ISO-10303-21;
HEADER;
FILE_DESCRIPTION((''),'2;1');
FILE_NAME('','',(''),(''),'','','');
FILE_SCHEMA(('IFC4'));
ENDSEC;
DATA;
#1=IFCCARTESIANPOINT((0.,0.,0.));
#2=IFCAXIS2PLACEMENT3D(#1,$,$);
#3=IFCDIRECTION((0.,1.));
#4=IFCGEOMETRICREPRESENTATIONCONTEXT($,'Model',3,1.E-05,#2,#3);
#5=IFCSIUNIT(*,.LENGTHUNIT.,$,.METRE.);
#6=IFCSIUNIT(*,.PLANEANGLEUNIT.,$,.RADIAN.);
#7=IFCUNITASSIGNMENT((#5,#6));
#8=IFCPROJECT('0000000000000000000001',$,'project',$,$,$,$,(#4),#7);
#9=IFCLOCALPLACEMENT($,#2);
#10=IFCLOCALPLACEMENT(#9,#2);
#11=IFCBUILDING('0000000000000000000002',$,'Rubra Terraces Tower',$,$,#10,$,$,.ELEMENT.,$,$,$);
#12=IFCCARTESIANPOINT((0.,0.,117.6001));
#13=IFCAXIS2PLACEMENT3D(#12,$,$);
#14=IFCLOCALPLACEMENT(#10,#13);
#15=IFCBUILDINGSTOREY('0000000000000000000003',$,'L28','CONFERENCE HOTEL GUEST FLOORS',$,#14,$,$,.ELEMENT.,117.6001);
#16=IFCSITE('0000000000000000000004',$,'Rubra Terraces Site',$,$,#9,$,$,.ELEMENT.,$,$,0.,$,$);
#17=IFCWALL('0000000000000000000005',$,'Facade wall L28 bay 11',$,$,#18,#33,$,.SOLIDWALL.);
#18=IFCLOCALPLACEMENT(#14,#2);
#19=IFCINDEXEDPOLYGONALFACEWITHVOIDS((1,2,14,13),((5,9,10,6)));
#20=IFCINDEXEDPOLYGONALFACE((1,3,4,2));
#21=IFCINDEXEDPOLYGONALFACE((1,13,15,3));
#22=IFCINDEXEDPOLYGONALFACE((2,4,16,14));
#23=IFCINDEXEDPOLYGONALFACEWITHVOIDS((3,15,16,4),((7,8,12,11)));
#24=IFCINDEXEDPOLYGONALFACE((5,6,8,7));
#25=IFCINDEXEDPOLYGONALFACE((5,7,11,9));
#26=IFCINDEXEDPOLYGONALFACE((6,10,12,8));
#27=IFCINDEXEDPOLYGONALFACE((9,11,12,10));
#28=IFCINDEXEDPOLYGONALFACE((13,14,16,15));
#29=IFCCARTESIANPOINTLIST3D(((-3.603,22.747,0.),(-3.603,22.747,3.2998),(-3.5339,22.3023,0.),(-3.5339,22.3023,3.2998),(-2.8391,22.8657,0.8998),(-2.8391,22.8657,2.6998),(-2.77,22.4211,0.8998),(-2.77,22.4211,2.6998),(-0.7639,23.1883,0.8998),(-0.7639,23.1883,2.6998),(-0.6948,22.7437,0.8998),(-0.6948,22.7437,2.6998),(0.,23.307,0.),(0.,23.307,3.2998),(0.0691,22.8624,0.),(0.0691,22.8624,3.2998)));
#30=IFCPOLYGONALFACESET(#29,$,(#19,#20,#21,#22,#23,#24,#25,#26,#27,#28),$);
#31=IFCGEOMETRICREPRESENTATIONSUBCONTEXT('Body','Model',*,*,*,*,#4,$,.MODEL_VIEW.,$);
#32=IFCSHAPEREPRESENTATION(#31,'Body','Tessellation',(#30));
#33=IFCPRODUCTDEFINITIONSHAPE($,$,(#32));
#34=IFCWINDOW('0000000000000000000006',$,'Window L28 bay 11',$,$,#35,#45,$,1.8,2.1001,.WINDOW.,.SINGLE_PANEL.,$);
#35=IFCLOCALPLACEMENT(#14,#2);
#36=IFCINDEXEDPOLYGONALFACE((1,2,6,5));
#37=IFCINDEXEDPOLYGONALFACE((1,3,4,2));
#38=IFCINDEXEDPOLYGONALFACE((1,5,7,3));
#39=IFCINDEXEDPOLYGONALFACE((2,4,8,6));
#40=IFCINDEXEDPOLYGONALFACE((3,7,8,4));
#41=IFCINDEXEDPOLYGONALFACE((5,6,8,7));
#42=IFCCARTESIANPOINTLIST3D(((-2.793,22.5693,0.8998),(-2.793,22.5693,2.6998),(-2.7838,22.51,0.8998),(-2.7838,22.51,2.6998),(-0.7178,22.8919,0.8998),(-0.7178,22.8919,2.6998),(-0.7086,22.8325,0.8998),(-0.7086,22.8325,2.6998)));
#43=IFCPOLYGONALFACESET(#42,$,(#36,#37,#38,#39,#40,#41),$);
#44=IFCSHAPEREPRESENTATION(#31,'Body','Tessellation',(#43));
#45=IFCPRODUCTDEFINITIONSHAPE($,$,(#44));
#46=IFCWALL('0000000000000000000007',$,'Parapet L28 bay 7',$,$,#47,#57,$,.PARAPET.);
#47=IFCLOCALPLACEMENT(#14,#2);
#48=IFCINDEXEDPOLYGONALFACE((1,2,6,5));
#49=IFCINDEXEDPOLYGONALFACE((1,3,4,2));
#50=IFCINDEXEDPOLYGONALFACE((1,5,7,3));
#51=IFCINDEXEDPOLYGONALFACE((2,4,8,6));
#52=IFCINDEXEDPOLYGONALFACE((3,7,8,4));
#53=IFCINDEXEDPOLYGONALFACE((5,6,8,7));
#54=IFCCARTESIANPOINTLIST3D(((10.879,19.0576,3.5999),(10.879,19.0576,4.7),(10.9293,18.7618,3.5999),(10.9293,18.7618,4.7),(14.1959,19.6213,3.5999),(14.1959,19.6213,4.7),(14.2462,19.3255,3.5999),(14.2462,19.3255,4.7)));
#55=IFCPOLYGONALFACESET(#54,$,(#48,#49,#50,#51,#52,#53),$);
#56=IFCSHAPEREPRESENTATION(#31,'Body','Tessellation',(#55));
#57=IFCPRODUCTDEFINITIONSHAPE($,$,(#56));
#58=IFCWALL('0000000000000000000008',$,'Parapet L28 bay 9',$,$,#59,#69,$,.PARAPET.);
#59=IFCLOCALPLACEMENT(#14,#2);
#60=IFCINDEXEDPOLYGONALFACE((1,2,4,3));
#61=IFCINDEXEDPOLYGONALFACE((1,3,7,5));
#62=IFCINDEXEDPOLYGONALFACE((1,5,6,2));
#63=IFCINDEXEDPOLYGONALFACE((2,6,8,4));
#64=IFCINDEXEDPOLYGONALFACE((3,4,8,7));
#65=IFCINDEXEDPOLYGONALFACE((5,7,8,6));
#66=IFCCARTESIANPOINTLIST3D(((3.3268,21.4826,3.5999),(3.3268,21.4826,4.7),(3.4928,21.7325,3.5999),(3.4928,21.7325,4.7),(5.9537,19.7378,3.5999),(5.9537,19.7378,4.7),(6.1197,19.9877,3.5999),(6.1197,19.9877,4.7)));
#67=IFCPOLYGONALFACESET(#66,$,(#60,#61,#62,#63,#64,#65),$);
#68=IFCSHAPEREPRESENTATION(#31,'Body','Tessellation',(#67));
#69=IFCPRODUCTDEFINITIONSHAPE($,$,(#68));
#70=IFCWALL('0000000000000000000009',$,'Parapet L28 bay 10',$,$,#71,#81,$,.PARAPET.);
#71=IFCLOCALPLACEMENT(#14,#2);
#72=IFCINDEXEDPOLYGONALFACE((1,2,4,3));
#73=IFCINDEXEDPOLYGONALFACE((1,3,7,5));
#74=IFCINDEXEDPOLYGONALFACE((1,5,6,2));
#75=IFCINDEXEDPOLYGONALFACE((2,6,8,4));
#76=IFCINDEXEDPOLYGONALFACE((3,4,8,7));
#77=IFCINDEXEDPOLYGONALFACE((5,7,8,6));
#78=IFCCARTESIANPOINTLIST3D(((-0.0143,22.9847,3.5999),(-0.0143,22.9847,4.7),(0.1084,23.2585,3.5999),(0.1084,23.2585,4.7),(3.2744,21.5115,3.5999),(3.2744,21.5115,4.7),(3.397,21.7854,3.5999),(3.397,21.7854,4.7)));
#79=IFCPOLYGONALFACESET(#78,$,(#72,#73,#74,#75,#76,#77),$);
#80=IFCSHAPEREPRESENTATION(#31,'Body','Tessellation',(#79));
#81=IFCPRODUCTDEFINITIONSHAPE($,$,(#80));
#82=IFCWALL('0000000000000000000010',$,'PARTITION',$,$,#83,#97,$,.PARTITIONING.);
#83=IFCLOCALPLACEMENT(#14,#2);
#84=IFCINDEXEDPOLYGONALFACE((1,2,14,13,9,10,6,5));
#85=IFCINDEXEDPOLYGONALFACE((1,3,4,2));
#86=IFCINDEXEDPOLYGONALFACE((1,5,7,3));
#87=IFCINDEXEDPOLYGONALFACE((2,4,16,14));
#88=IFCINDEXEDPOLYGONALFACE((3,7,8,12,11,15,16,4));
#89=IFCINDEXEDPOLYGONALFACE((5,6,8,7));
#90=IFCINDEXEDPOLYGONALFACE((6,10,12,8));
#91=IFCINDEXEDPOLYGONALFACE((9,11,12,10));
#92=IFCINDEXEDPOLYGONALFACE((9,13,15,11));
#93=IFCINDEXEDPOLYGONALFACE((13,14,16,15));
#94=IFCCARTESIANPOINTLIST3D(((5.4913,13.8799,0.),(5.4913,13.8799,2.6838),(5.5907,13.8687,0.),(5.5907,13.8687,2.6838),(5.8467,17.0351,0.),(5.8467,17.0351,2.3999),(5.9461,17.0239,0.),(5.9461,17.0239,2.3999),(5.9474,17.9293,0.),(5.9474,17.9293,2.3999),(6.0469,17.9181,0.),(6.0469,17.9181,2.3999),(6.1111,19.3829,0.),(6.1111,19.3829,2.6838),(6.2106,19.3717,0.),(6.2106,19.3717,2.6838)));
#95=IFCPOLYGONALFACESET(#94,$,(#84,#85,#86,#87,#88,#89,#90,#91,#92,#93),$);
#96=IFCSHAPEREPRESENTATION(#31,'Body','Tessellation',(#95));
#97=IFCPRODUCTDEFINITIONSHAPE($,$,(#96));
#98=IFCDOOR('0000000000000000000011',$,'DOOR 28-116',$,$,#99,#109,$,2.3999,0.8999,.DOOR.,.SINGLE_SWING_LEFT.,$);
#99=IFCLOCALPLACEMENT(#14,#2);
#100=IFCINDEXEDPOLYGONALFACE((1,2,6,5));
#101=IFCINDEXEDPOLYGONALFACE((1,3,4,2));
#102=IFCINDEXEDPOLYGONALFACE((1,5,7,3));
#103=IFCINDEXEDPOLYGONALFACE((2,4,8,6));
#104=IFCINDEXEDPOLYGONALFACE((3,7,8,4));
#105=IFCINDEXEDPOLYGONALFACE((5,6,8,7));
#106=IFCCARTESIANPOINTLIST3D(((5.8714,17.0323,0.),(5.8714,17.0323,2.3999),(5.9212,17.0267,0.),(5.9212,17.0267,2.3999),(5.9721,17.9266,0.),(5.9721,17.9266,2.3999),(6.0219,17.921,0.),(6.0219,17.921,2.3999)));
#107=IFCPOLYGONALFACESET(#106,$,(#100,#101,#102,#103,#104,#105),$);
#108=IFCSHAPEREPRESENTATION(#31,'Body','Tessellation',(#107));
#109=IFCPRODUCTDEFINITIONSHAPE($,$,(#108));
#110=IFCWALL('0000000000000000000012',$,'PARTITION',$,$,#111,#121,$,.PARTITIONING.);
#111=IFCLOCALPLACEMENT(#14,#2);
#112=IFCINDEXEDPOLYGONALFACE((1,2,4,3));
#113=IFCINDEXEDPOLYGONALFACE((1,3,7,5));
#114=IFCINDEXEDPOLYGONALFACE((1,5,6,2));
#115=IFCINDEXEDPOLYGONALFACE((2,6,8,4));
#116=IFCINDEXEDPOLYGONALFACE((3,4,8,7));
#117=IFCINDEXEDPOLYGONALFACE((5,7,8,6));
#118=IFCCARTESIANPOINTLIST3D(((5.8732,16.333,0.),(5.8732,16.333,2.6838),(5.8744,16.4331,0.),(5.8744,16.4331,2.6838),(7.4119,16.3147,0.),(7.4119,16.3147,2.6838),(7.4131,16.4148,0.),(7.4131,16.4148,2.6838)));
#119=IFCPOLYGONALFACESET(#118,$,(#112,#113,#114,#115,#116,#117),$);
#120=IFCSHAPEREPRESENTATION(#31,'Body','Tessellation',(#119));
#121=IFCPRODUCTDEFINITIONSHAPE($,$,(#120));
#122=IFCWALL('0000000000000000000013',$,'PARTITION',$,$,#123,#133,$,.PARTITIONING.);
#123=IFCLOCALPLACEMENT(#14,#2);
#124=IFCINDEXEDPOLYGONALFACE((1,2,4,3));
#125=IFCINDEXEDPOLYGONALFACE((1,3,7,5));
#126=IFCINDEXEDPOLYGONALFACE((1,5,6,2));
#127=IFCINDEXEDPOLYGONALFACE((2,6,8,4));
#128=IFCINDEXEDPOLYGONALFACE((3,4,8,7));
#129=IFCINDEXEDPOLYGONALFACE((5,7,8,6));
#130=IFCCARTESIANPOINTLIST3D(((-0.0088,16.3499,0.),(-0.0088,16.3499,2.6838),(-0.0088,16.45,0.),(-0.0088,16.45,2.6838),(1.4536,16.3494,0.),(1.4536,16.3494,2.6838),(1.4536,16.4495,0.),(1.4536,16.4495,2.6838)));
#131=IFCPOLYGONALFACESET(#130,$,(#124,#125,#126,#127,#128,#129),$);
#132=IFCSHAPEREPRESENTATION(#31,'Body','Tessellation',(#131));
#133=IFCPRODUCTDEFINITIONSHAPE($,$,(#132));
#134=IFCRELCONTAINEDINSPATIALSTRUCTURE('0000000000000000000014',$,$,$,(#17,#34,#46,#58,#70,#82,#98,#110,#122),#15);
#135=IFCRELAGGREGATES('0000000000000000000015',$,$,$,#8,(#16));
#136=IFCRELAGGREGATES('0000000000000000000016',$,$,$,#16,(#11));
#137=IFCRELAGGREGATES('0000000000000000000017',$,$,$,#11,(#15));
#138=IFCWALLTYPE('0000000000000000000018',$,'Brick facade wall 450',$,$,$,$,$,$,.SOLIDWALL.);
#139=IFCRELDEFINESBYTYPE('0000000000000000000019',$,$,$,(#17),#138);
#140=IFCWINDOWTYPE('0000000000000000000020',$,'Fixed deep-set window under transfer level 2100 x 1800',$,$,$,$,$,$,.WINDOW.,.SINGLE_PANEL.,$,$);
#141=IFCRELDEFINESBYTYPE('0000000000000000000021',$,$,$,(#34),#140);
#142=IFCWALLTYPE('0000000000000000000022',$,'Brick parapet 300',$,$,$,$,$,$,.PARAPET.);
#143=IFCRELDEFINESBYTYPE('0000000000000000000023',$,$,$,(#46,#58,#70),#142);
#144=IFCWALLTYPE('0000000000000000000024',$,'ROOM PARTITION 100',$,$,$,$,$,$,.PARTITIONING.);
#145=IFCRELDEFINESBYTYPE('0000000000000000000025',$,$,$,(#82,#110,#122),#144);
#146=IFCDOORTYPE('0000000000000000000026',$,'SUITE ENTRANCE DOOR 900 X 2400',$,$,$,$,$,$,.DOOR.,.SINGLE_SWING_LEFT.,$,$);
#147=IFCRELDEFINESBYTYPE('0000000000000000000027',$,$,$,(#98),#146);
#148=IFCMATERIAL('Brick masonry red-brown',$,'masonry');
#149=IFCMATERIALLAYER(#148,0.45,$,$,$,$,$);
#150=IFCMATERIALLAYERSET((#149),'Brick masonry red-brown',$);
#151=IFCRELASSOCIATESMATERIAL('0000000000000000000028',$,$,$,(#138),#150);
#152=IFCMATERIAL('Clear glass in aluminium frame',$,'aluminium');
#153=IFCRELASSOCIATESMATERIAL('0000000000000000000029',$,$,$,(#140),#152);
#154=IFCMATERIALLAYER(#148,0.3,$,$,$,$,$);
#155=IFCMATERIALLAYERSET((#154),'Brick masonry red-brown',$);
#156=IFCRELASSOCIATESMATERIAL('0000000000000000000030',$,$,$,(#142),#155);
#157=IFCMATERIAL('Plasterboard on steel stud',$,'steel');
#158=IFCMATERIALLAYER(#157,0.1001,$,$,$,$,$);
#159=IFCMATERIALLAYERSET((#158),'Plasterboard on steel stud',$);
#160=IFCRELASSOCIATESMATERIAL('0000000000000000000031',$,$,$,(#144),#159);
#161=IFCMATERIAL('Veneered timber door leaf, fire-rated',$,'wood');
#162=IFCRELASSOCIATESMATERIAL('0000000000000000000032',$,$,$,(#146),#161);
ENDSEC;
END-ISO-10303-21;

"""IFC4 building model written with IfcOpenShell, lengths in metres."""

from ifc_helpers import new_model, si_unit, direction, frame, frame_2d, origin, place, context, subcontext, project, spatial, rectangle, extrude, material, layer, layer_set, type_object, element, fill, save


model = new_model("IFC4")

# Units and contexts
model_context = context("Model", 3, precision=1e-05, world=origin(), true_north=direction((0.0, 1.0)))
body_context = subcontext(model_context, "Body", "Model", "MODEL_VIEW")
ifc_project = project(units=[si_unit("LENGTHUNIT", "METRE"), si_unit("PLANEANGLEUNIT", "RADIAN")], contexts=[model_context])

# Site, building, storey
site_placement = place(None, origin())
site = spatial("IfcSite", under=ifc_project, at=site_placement, Name="Rubra Terraces Site", CompositionType="ELEMENT", RefElevation=0.0)
building_placement = place(site_placement, origin())
building = spatial("IfcBuilding", under=site, at=building_placement, Name="Rubra Terraces Tower", CompositionType="ELEMENT")
storey_placement = place(building_placement, frame((0.0, 0.0, 117.6001)))
storey = spatial("IfcBuildingStorey", under=building, at=storey_placement, Name="L28", Description="CONFERENCE HOTEL GUEST FLOORS", CompositionType="ELEMENT", Elevation=117.6001)

# Wall, opening, window
ifc_material_1 = material(Name="Brick masonry red-brown", Category="masonry")
ifc_layer_1 = layer(ifc_material_1, 0.45)
ifc_layer_set_1 = layer_set([ifc_layer_1], Name="Brick masonry red-brown")
wall_type_1 = type_object("IfcWallType", Name="Brick facade wall 450", PredefinedType="SOLIDWALL", material=ifc_layer_set_1)
ifc_material_2 = material(Name="Clear glass in aluminium frame", Category="aluminium")
window_type = type_object("IfcWindowType", Name="Fixed deep-set window under transfer level 2100 x 1800", PartitioningType="SINGLE_PANEL", PredefinedType="WINDOW", material=ifc_material_2)
wall_1_placement = place(storey_placement, frame((0.0347, 23.0847, 0.0), z_axis=(0.0, 0.0, 1.0), x_axis=(-0.988134, -0.153597, 0.0)))
wall_1 = element("IfcWall", 1, at=wall_1_placement, inside=storey, type_object=wall_type_1, Name="Facade wall L28 bay 11", PredefinedType="SOLIDWALL", context=body_context, shape_type="SweptSolid", body=[
    extrude(rectangle(XDim=3.6462, YDim=0.45, at=frame_2d((1.8232, 0.0))), origin(), (0.0, 0.0, 1.0), 3.2998),
])
opening_1_placement = place(wall_1_placement, frame((0.7732, 0.0, 0.8999)))
opening_1 = element("IfcOpeningElement", 2, at=opening_1_placement, cuts=wall_1, PredefinedType="OPENING", context=body_context, shape_type="SweptSolid", body=[
    extrude(rectangle(XDim=2.1001, YDim=1.8, at=frame_2d((1.05, 0.8999))), frame((0.0, 0.2349, 0.0), z_axis=(0.0, -1.0, 0.0), x_axis=(1.0, 0.0, 0.0)), (0.0, 0.0, 1.0), 0.47),
])
window_1_placement = place(opening_1_placement, origin())
window_1 = element("IfcWindow", 3, at=window_1_placement, inside=storey, type_object=window_type, Name="Window L28 bay 11", OverallHeight=1.8, OverallWidth=2.1001, PartitioningType="SINGLE_PANEL", PredefinedType="WINDOW", context=body_context, shape_type="SweptSolid", body=[
    extrude(rectangle(XDim=2.1001, YDim=1.8, at=frame_2d((1.05, 0.8999))), frame((0.0, 0.135, 0.0), z_axis=(0.0, -1.0, 0.0), x_axis=(1.0, 0.0, 0.0)), (0.0, 0.0, 1.0), 0.0601),
])
fill(opening_1, window_1)

# Walls
ifc_layer_2 = layer(ifc_material_1, 0.3)
ifc_layer_set_2 = layer_set([ifc_layer_2], Name="Brick masonry red-brown")
wall_type_2 = type_object("IfcWallType", Name="Brick parapet 300", PredefinedType="PARAPET", material=ifc_layer_set_2)
wall_2_placement = place(storey_placement, frame((14.2209, 19.4734, 3.5999), z_axis=(0.0, 0.0, 1.0), x_axis=(-0.985863, -0.167552, 0.0)))
element("IfcWall", 4, at=wall_2_placement, inside=storey, type_object=wall_type_2, Name="Parapet L28 bay 7", PredefinedType="PARAPET", context=body_context, shape_type="SweptSolid", body=[
    extrude(rectangle(XDim=3.3645, YDim=0.3, at=frame_2d((1.6821, 0.0))), origin(), (0.0, 0.0, 1.0), 1.1001),
])
wall_3_placement = place(storey_placement, frame((6.0366, 19.8628, 3.5999), z_axis=(0.0, 0.0, 1.0), x_axis=(-0.83299, 0.553288, 0.0)))
element("IfcWall", 5, at=wall_3_placement, inside=storey, type_object=wall_type_2, Name="Parapet L28 bay 9", PredefinedType="PARAPET", context=body_context, shape_type="SweptSolid", body=[
    extrude(rectangle(XDim=3.1536, YDim=0.3, at=frame_2d((1.5767, 0.0))), origin(), (0.0, 0.0, 1.0), 1.1001),
])
wall_4_placement = place(storey_placement, frame((3.3357, 21.6484, 3.5999), z_axis=(0.0, 0.0, 1.0), x_axis=(-0.912617, 0.408815, 0.0)))
element("IfcWall", 6, at=wall_4_placement, inside=storey, type_object=wall_type_2, Name="Parapet L28 bay 10", PredefinedType="PARAPET", context=body_context, shape_type="SweptSolid", body=[
    extrude(rectangle(XDim=3.6035, YDim=0.3, at=frame_2d((1.8018, 0.0))), origin(), (0.0, 0.0, 1.0), 1.1001),
])

# Wall, opening, door
ifc_material_3 = material(Name="Plasterboard on steel stud", Category="steel")
ifc_layer_3 = layer(ifc_material_3, 0.1001)
ifc_layer_set_3 = layer_set([ifc_layer_3], Name="Plasterboard on steel stud")
wall_type_3 = type_object("IfcWallType", Name="ROOM PARTITION 100", PredefinedType="PARTITIONING", material=ifc_layer_set_3)
wall_5_placement = place(storey_placement, frame((6.1609, 19.3774, 0.0), z_axis=(0.0, 0.0, 1.0), x_axis=(-0.111936, -0.993715, 0.0)))
wall_5 = element("IfcWall", 7, at=wall_5_placement, inside=storey, type_object=wall_type_3, Name="PARTITION", PredefinedType="PARTITIONING", context=body_context, shape_type="SweptSolid", body=[
    extrude(rectangle(XDim=5.5378, YDim=0.1001, at=frame_2d((2.769, 0.0))), origin(), (0.0, 0.0, 1.0), 2.6838),
])
opening_2_placement = place(wall_5_placement, frame((1.4629, 0.0, 0.0)))
opening_2 = element("IfcOpeningElement", 8, at=opening_2_placement, cuts=wall_5, PredefinedType="OPENING", context=body_context, shape_type="SweptSolid", body=[
    extrude(rectangle(XDim=0.8999, YDim=2.3999, at=frame_2d((0.45, 1.2))), frame((0.0, 0.0601, 0.0), z_axis=(0.0, -1.0, 0.0), x_axis=(1.0, 0.0, 0.0)), (0.0, 0.0, 1.0), 0.1201),
])
ifc_material_4 = material(Name="Veneered timber door leaf, fire-rated", Category="wood")
door_type = type_object("IfcDoorType", Name="SUITE ENTRANCE DOOR 900 X 2400", OperationType="SINGLE_SWING_LEFT", PredefinedType="DOOR", material=ifc_material_4)
door_placement = place(opening_2_placement, origin())
door = element("IfcDoor", 9, at=door_placement, inside=storey, type_object=door_type, Name="DOOR 28-116", OperationType="SINGLE_SWING_LEFT", OverallHeight=2.3999, OverallWidth=0.8999, PredefinedType="DOOR", context=body_context, shape_type="SweptSolid", body=[
    extrude(rectangle(XDim=0.8999, YDim=2.3999, at=frame_2d((0.45, 1.2))), frame((0.0, 0.0249, 0.0), z_axis=(0.0, -1.0, 0.0), x_axis=(1.0, 0.0, 0.0)), (0.0, 0.0, 1.0), 0.05),
])
fill(opening_2, door)

# Walls
wall_6_placement = place(storey_placement, frame((7.4126, 16.3647, 0.0), z_axis=(0.0, 0.0, 1.0), x_axis=(-0.999929, 0.011898, 0.0)))
element("IfcWall", 10, at=wall_6_placement, inside=storey, type_object=wall_type_3, Name="PARTITION", PredefinedType="PARTITIONING", context=body_context, shape_type="SweptSolid", body=[
    extrude(rectangle(XDim=1.5388, YDim=0.1001, at=frame_2d((0.7695, 0.0))), origin(), (0.0, 0.0, 1.0), 2.6838),
])
wall_7_placement = place(storey_placement, frame((1.4536, 16.3994, 0.0), z_axis=(0.0, 0.0, 1.0), x_axis=(-1.0, 0.000334, 0.0)))
element("IfcWall", 11, at=wall_7_placement, inside=storey, type_object=wall_type_3, Name="PARTITION", PredefinedType="PARTITIONING", context=body_context, shape_type="SweptSolid", body=[
    extrude(rectangle(XDim=1.4624, YDim=0.1001, at=frame_2d((0.7312, 0.0))), origin(), (0.0, 0.0, 1.0), 2.6838),
])

save(model, "model.ifc")
